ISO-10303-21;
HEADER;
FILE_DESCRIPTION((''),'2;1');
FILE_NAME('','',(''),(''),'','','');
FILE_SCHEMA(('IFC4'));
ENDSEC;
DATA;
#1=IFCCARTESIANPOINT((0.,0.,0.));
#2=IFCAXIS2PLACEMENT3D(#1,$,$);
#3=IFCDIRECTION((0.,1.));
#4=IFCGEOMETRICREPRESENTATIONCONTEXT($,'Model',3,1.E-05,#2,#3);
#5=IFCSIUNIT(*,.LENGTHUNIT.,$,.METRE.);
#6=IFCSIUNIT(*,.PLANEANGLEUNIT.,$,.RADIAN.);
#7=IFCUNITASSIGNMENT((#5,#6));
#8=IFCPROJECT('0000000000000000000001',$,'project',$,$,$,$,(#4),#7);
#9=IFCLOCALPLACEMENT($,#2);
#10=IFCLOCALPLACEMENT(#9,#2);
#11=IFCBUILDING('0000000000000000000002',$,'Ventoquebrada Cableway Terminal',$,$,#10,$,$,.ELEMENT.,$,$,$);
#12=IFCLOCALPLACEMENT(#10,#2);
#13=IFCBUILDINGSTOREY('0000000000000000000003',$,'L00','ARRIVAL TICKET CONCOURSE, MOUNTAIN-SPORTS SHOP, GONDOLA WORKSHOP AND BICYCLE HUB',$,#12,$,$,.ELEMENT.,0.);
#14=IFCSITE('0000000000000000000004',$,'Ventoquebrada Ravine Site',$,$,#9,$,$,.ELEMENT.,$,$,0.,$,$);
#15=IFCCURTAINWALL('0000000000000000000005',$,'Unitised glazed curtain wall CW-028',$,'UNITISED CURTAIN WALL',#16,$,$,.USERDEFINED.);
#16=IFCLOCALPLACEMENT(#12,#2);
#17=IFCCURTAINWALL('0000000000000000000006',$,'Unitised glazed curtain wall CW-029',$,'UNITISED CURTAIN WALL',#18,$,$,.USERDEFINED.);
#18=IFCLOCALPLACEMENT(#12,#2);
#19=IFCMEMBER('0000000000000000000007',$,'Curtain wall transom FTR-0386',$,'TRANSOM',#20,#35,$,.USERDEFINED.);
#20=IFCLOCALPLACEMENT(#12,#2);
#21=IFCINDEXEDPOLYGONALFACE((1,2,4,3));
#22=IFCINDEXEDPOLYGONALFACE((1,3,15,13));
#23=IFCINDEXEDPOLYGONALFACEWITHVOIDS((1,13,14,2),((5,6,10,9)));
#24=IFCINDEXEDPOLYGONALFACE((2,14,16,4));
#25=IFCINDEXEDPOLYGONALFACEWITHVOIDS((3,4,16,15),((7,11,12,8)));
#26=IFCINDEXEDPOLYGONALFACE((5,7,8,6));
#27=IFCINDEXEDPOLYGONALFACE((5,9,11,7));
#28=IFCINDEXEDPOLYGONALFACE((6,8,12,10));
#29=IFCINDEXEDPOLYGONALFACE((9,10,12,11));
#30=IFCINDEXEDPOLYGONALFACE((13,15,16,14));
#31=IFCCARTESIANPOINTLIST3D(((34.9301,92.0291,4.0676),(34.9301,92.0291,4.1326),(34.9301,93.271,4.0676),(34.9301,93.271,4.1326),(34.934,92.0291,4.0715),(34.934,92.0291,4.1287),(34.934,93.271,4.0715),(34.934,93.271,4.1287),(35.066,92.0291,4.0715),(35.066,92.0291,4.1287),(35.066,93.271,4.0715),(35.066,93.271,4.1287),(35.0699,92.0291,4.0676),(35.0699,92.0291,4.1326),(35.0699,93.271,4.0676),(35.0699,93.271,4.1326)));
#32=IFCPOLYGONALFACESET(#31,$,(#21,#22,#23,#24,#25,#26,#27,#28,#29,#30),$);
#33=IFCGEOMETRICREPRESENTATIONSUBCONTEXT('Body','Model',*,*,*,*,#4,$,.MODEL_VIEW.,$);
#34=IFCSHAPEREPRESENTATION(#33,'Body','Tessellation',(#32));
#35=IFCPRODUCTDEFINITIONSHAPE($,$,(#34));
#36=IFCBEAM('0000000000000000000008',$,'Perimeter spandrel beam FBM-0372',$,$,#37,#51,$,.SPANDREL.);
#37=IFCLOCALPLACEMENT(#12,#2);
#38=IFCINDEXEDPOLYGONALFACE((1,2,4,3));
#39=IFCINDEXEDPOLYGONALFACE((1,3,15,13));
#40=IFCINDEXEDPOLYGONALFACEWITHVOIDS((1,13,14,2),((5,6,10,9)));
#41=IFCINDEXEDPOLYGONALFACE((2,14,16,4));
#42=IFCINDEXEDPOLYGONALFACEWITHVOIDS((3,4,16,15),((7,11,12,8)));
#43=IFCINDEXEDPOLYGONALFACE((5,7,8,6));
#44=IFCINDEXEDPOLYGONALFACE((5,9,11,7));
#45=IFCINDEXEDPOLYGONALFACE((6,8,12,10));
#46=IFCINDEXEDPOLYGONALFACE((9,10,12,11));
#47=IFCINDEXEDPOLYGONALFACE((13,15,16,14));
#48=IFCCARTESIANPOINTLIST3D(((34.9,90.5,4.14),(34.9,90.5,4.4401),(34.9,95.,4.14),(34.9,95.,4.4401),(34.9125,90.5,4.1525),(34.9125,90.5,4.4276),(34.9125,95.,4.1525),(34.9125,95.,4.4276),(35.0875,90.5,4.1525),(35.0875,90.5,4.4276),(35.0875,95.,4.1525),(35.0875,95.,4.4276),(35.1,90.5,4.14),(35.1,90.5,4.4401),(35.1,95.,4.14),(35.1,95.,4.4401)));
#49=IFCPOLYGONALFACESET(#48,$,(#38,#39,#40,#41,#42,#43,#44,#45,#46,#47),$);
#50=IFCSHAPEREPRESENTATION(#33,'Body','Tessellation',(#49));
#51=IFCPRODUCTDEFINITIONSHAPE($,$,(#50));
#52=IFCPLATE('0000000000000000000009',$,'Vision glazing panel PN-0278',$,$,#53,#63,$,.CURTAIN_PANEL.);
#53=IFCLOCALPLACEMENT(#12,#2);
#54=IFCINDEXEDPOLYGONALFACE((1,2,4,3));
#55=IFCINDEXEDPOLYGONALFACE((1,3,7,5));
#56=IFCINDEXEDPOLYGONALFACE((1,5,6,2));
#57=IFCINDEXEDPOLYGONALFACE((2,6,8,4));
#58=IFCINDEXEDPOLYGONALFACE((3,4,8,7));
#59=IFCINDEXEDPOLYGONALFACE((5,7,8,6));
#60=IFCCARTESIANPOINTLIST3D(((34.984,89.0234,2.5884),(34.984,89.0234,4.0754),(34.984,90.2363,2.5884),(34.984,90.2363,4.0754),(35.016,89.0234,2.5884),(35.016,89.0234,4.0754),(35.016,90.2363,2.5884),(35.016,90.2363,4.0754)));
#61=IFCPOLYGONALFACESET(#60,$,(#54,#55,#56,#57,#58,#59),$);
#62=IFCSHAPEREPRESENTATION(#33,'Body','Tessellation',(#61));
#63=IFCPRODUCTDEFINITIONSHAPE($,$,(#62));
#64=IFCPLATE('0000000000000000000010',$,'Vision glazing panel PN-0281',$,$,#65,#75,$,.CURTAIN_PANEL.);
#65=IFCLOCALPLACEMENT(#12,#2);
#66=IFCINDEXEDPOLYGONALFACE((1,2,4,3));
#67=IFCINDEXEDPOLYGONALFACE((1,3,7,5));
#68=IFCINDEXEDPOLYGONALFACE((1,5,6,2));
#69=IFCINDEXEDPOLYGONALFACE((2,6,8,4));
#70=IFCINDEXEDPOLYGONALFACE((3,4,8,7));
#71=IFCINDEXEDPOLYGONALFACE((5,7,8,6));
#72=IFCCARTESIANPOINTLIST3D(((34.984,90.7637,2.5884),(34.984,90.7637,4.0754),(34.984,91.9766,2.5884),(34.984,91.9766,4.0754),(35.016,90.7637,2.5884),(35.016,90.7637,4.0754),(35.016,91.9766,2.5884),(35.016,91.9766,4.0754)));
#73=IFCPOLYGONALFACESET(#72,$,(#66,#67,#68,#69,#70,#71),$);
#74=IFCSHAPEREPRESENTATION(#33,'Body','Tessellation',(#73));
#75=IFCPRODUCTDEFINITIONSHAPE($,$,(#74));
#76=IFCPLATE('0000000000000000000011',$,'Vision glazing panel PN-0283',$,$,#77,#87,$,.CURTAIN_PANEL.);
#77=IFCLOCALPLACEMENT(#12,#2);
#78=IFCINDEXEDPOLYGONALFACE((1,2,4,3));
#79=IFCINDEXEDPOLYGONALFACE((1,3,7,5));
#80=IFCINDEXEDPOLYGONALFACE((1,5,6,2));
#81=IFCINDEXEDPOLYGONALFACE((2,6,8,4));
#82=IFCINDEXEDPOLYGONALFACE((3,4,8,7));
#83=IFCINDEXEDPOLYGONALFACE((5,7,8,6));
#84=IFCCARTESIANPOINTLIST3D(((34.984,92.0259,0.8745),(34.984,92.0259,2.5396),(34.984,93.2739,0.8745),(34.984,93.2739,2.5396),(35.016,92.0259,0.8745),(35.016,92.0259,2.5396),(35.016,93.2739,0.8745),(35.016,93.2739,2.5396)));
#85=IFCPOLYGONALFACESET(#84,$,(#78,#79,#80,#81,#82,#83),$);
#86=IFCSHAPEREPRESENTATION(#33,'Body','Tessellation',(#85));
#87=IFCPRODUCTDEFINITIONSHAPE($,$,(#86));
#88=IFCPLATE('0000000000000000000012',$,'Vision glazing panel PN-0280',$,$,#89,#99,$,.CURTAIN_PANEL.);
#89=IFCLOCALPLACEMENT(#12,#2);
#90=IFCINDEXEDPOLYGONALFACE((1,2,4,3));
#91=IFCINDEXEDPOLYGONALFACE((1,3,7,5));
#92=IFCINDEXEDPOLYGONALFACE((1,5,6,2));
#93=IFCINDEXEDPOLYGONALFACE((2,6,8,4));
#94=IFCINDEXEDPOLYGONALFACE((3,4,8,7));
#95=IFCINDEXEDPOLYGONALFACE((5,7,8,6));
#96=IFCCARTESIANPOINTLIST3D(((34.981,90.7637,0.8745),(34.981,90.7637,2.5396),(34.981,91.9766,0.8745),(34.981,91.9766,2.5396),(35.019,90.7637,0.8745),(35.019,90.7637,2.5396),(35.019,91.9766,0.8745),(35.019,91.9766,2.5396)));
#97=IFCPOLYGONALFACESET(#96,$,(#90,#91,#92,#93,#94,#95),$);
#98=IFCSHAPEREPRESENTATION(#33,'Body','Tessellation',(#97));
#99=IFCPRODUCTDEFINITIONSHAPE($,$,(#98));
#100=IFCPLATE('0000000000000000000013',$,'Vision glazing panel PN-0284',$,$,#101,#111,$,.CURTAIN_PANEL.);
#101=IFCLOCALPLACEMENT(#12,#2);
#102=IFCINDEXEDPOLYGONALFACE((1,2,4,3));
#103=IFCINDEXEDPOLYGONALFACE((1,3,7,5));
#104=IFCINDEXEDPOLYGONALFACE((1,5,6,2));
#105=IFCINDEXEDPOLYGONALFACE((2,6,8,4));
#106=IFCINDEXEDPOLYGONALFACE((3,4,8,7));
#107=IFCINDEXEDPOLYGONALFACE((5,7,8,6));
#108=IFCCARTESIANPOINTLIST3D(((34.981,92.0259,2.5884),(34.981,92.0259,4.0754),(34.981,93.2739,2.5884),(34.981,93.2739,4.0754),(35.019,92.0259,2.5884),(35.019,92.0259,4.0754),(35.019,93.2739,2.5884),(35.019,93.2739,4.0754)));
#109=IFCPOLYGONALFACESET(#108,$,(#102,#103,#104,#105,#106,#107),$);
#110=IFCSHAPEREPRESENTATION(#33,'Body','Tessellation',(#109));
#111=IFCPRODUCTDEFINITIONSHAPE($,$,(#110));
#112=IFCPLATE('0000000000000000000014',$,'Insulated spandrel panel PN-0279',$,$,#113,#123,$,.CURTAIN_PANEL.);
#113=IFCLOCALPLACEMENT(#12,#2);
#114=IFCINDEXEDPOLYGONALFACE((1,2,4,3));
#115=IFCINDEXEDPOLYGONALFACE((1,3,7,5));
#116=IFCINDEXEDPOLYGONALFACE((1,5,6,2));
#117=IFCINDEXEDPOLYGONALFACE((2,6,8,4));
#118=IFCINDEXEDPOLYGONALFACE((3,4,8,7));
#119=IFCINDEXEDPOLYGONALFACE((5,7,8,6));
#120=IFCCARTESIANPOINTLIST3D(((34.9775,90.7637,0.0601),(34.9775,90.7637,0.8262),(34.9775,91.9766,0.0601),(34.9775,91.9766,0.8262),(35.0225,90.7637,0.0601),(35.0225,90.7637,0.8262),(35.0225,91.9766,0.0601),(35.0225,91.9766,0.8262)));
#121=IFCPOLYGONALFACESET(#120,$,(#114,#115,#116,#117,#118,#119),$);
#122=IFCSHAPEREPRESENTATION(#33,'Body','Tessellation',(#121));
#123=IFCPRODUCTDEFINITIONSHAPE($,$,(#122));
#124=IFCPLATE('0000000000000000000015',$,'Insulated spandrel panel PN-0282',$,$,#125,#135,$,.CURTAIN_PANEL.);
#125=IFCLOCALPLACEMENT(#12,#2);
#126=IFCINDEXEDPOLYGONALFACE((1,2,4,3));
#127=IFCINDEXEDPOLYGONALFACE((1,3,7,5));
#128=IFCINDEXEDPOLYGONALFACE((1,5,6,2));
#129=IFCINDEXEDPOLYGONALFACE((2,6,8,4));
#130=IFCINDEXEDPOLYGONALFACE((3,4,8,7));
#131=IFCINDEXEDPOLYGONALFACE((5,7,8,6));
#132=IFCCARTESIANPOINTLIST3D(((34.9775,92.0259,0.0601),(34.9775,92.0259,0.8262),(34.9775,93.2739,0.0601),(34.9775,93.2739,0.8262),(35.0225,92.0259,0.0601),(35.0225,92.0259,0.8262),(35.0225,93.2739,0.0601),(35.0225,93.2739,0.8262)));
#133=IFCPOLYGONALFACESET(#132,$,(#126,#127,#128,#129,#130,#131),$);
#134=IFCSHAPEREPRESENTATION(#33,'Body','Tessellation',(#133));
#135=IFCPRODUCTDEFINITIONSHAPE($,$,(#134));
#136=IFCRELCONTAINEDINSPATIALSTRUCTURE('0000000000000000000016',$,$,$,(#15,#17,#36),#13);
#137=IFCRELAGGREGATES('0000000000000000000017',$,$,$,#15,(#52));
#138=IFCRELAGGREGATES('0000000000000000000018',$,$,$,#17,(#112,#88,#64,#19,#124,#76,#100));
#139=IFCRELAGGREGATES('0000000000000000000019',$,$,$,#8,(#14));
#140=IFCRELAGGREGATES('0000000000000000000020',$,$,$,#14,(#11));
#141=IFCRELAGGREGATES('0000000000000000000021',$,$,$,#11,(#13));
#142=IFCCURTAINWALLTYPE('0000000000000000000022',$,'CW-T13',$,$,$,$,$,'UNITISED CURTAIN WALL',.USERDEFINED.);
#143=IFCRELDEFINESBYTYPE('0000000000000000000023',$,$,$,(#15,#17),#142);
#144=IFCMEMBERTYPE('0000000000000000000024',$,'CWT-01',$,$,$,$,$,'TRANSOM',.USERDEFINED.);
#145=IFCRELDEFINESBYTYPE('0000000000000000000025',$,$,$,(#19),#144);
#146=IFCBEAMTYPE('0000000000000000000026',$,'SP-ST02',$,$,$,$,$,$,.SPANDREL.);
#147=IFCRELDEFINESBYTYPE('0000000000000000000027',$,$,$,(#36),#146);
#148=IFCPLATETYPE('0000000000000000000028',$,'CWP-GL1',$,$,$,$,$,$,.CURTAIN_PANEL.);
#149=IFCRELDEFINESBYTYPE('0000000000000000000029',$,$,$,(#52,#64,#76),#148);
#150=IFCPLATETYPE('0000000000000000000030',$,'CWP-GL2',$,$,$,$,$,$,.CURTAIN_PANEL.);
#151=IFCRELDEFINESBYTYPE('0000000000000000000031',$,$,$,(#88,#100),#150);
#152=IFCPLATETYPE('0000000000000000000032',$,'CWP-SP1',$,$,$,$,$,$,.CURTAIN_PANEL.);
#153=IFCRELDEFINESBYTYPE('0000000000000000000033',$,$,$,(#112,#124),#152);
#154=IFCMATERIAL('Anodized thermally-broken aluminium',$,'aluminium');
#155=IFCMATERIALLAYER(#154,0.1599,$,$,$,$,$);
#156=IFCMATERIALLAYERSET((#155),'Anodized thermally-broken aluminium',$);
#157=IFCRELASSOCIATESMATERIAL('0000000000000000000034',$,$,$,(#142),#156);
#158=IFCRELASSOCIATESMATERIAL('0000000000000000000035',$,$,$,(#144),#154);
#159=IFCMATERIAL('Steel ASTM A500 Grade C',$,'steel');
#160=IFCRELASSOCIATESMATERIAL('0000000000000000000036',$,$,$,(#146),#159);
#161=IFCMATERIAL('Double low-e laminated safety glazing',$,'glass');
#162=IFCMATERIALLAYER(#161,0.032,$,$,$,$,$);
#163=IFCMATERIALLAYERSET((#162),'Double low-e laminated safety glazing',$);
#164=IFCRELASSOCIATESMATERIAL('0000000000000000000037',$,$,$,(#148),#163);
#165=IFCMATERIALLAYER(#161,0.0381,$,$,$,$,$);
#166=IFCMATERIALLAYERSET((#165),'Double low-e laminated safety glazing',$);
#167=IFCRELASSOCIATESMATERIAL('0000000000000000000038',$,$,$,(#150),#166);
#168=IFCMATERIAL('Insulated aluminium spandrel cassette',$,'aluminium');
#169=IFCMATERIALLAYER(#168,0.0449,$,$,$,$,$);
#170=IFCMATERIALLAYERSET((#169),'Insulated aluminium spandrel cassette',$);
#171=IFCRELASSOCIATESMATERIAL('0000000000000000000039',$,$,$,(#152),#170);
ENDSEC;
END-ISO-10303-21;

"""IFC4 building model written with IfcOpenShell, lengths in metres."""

from ifc_helpers import new_model, si_unit, direction, frame, origin, origin_2d, place, context, subcontext, project, spatial, rectangle, hollow_rectangle, extrude, material, layer, layer_set, material_profile, profile_set, type_object, element, aggregate, save


model = new_model("IFC4")

# Units and contexts
model_context = context("Model", 3, precision=1e-05, world=origin(), true_north=direction((0.0, 1.0)))
body_context = subcontext(model_context, "Body", "Model", "MODEL_VIEW")
ifc_project = project(units=[si_unit("LENGTHUNIT", "METRE"), si_unit("PLANEANGLEUNIT", "RADIAN")], contexts=[model_context])

# Site, building, storey
site_placement = place(None, origin())
site = spatial("IfcSite", under=ifc_project, at=site_placement, Name="Ventoquebrada Ravine Site", CompositionType="ELEMENT", RefElevation=0.0)
building_placement = place(site_placement, origin())
building = spatial("IfcBuilding", under=site, at=building_placement, Name="Ventoquebrada Cableway Terminal", CompositionType="ELEMENT")
storey_placement = place(building_placement, origin())
storey = spatial("IfcBuildingStorey", under=building, at=storey_placement, Name="L00", Description="ARRIVAL TICKET CONCOURSE, MOUNTAIN-SPORTS SHOP, GONDOLA WORKSHOP AND BICYCLE HUB", CompositionType="ELEMENT", Elevation=0.0)

# Curtain wall
ifc_material_1 = material(Name="Anodized thermally-broken aluminium", Category="aluminium")
ifc_layer_1 = layer(ifc_material_1, 0.1599)
ifc_layer_set_1 = layer_set([ifc_layer_1], Name="Anodized thermally-broken aluminium")
curtain_wall_type = type_object("IfcCurtainWallType", Name="CW-T13", ElementType="UNITISED CURTAIN WALL", PredefinedType="USERDEFINED", material=ifc_layer_set_1)
curtain_wall_1_placement = place(storey_placement, origin())
curtain_wall_1 = element("IfcCurtainWall", 1, at=curtain_wall_1_placement, inside=storey, type_object=curtain_wall_type, Name="Unitised glazed curtain wall CW-028", ObjectType="UNITISED CURTAIN WALL", PredefinedType="USERDEFINED")

# Curtain wall, member
curtain_wall_2_placement = place(storey_placement, origin())
curtain_wall_2 = element("IfcCurtainWall", 2, at=curtain_wall_2_placement, inside=storey, type_object=curtain_wall_type, Name="Unitised glazed curtain wall CW-029", ObjectType="UNITISED CURTAIN WALL", PredefinedType="USERDEFINED")
ifc_material_profile_1 = material_profile(ifc_material_1, hollow_rectangle(XDim=0.0649, YDim=0.1399, WallThickness=0.0039, at=origin_2d()), Name="CW-TRN-65X140")
ifc_profile_set_1 = profile_set([ifc_material_profile_1], Name="Anodized thermally-broken aluminium")
member_type_1 = type_object("IfcMemberType", Name="CWT-01", ElementType="TRANSOM", PredefinedType="USERDEFINED", material=ifc_profile_set_1)
member_1_placement = place(storey_placement, frame((35.0, 92.0291, 4.1001), z_axis=(0.0, 1.0, 0.0), x_axis=(0.0, 0.0, 1.0)))
member_1 = element("IfcMember", 3, at=member_1_placement, type_object=member_type_1, Name="Curtain wall transom FTR-0386", ObjectType="TRANSOM", PredefinedType="USERDEFINED", context=body_context, shape_type="SweptSolid", body=[
    extrude(hollow_rectangle(XDim=0.0649, YDim=0.1399, WallThickness=0.0039, at=origin_2d()), origin(), (0.0, 0.0, 1.0), 1.2419),
])

# Beam
ifc_material_2 = material(Name="Steel ASTM A500 Grade C", Category="steel")
ifc_material_profile_2 = material_profile(ifc_material_2, hollow_rectangle(XDim=0.2, YDim=0.3, WallThickness=0.0125, at=origin_2d()), Name="RHS300X200X12.5")
ifc_profile_set_2 = profile_set([ifc_material_profile_2], Name="Steel ASTM A500 Grade C")
beam_type = type_object("IfcBeamType", Name="SP-ST02", PredefinedType="SPANDREL", material=ifc_profile_set_2)
beam_placement = place(storey_placement, frame((35.0, 90.5, 4.29), z_axis=(0.0, 1.0, 0.0), x_axis=(-1.0, 0.0, 0.0)))
element("IfcBeam", 4, at=beam_placement, inside=storey, type_object=beam_type, Name="Perimeter spandrel beam FBM-0372", PredefinedType="SPANDREL", context=body_context, shape_type="SweptSolid", body=[
    extrude(hollow_rectangle(XDim=0.2, YDim=0.3, WallThickness=0.0125, at=origin_2d()), origin(), (0.0, 0.0, 1.0), 4.5),
])

# Plates
ifc_material_3 = material(Name="Double low-e laminated safety glazing", Category="glass")
ifc_layer_2 = layer(ifc_material_3, 0.032)
ifc_layer_set_2 = layer_set([ifc_layer_2], Name="Double low-e laminated safety glazing")
plate_type_1 = type_object("IfcPlateType", Name="CWP-GL1", PredefinedType="CURTAIN_PANEL", material=ifc_layer_set_2)
plate_1_placement = place(storey_placement, frame((35.0, 89.6299, 2.5884), z_axis=(0.0, 0.0, 1.0), x_axis=(0.0, 1.0, 0.0)))
plate_1 = element("IfcPlate", 5, at=plate_1_placement, type_object=plate_type_1, Name="Vision glazing panel PN-0278", PredefinedType="CURTAIN_PANEL", context=body_context, shape_type="SweptSolid", body=[
    extrude(rectangle(XDim=1.2129, YDim=0.032, at=origin_2d()), origin(), (0.0, 0.0, 1.0), 1.4871),
])
aggregate(curtain_wall_1, [plate_1])
plate_2_placement = place(storey_placement, frame((35.0, 91.3701, 2.5884), z_axis=(0.0, 0.0, 1.0), x_axis=(0.0, 1.0, 0.0)))
plate_2 = element("IfcPlate", 6, at=plate_2_placement, type_object=plate_type_1, Name="Vision glazing panel PN-0281", PredefinedType="CURTAIN_PANEL", context=body_context, shape_type="SweptSolid", body=[
    extrude(rectangle(XDim=1.2129, YDim=0.032, at=origin_2d()), origin(), (0.0, 0.0, 1.0), 1.4871),
])
plate_3_placement = place(storey_placement, frame((35.0, 92.6499, 0.8745), z_axis=(0.0, 0.0, 1.0), x_axis=(0.0, 1.0, 0.0)))
plate_3 = element("IfcPlate", 7, at=plate_3_placement, type_object=plate_type_1, Name="Vision glazing panel PN-0283", PredefinedType="CURTAIN_PANEL", context=body_context, shape_type="SweptSolid", body=[
    extrude(rectangle(XDim=1.248, YDim=0.032, at=origin_2d()), origin(), (0.0, 0.0, 1.0), 1.665),
])
ifc_layer_3 = layer(ifc_material_3, 0.0381)
ifc_layer_set_3 = layer_set([ifc_layer_3], Name="Double low-e laminated safety glazing")
plate_type_2 = type_object("IfcPlateType", Name="CWP-GL2", PredefinedType="CURTAIN_PANEL", material=ifc_layer_set_3)
plate_4_placement = place(storey_placement, frame((35.0, 91.3701, 0.8745), z_axis=(0.0, 0.0, 1.0), x_axis=(0.0, 1.0, 0.0)))
plate_4 = element("IfcPlate", 8, at=plate_4_placement, type_object=plate_type_2, Name="Vision glazing panel PN-0280", PredefinedType="CURTAIN_PANEL", context=body_context, shape_type="SweptSolid", body=[
    extrude(rectangle(XDim=1.2129, YDim=0.0381, at=origin_2d()), origin(), (0.0, 0.0, 1.0), 1.665),
])
plate_5_placement = place(storey_placement, frame((35.0, 92.6499, 2.5884), z_axis=(0.0, 0.0, 1.0), x_axis=(0.0, 1.0, 0.0)))
plate_5 = element("IfcPlate", 9, at=plate_5_placement, type_object=plate_type_2, Name="Vision glazing panel PN-0284", PredefinedType="CURTAIN_PANEL", context=body_context, shape_type="SweptSolid", body=[
    extrude(rectangle(XDim=1.248, YDim=0.0381, at=origin_2d()), origin(), (0.0, 0.0, 1.0), 1.4871),
])
ifc_material_4 = material(Name="Insulated aluminium spandrel cassette", Category="aluminium")
ifc_layer_4 = layer(ifc_material_4, 0.0449)
ifc_layer_set_4 = layer_set([ifc_layer_4], Name="Insulated aluminium spandrel cassette")
plate_type_3 = type_object("IfcPlateType", Name="CWP-SP1", PredefinedType="CURTAIN_PANEL", material=ifc_layer_set_4)
plate_6_placement = place(storey_placement, frame((35.0, 91.3701, 0.0601), z_axis=(0.0, 0.0, 1.0), x_axis=(0.0, 1.0, 0.0)))
plate_6 = element("IfcPlate", 10, at=plate_6_placement, type_object=plate_type_3, Name="Insulated spandrel panel PN-0279", PredefinedType="CURTAIN_PANEL", context=body_context, shape_type="SweptSolid", body=[
    extrude(rectangle(XDim=1.2129, YDim=0.0449, at=origin_2d()), origin(), (0.0, 0.0, 1.0), 0.7661),
])
plate_7_placement = place(storey_placement, frame((35.0, 92.6499, 0.0601), z_axis=(0.0, 0.0, 1.0), x_axis=(0.0, 1.0, 0.0)))
plate_7 = element("IfcPlate", 11, at=plate_7_placement, type_object=plate_type_3, Name="Insulated spandrel panel PN-0282", PredefinedType="CURTAIN_PANEL", context=body_context, shape_type="SweptSolid", body=[
    extrude(rectangle(XDim=1.248, YDim=0.0449, at=origin_2d()), origin(), (0.0, 0.0, 1.0), 0.7661),
])
aggregate(curtain_wall_2, [plate_6, plate_4, plate_2, member_1, plate_7, plate_3, plate_5])

save(model, "model.ifc")
